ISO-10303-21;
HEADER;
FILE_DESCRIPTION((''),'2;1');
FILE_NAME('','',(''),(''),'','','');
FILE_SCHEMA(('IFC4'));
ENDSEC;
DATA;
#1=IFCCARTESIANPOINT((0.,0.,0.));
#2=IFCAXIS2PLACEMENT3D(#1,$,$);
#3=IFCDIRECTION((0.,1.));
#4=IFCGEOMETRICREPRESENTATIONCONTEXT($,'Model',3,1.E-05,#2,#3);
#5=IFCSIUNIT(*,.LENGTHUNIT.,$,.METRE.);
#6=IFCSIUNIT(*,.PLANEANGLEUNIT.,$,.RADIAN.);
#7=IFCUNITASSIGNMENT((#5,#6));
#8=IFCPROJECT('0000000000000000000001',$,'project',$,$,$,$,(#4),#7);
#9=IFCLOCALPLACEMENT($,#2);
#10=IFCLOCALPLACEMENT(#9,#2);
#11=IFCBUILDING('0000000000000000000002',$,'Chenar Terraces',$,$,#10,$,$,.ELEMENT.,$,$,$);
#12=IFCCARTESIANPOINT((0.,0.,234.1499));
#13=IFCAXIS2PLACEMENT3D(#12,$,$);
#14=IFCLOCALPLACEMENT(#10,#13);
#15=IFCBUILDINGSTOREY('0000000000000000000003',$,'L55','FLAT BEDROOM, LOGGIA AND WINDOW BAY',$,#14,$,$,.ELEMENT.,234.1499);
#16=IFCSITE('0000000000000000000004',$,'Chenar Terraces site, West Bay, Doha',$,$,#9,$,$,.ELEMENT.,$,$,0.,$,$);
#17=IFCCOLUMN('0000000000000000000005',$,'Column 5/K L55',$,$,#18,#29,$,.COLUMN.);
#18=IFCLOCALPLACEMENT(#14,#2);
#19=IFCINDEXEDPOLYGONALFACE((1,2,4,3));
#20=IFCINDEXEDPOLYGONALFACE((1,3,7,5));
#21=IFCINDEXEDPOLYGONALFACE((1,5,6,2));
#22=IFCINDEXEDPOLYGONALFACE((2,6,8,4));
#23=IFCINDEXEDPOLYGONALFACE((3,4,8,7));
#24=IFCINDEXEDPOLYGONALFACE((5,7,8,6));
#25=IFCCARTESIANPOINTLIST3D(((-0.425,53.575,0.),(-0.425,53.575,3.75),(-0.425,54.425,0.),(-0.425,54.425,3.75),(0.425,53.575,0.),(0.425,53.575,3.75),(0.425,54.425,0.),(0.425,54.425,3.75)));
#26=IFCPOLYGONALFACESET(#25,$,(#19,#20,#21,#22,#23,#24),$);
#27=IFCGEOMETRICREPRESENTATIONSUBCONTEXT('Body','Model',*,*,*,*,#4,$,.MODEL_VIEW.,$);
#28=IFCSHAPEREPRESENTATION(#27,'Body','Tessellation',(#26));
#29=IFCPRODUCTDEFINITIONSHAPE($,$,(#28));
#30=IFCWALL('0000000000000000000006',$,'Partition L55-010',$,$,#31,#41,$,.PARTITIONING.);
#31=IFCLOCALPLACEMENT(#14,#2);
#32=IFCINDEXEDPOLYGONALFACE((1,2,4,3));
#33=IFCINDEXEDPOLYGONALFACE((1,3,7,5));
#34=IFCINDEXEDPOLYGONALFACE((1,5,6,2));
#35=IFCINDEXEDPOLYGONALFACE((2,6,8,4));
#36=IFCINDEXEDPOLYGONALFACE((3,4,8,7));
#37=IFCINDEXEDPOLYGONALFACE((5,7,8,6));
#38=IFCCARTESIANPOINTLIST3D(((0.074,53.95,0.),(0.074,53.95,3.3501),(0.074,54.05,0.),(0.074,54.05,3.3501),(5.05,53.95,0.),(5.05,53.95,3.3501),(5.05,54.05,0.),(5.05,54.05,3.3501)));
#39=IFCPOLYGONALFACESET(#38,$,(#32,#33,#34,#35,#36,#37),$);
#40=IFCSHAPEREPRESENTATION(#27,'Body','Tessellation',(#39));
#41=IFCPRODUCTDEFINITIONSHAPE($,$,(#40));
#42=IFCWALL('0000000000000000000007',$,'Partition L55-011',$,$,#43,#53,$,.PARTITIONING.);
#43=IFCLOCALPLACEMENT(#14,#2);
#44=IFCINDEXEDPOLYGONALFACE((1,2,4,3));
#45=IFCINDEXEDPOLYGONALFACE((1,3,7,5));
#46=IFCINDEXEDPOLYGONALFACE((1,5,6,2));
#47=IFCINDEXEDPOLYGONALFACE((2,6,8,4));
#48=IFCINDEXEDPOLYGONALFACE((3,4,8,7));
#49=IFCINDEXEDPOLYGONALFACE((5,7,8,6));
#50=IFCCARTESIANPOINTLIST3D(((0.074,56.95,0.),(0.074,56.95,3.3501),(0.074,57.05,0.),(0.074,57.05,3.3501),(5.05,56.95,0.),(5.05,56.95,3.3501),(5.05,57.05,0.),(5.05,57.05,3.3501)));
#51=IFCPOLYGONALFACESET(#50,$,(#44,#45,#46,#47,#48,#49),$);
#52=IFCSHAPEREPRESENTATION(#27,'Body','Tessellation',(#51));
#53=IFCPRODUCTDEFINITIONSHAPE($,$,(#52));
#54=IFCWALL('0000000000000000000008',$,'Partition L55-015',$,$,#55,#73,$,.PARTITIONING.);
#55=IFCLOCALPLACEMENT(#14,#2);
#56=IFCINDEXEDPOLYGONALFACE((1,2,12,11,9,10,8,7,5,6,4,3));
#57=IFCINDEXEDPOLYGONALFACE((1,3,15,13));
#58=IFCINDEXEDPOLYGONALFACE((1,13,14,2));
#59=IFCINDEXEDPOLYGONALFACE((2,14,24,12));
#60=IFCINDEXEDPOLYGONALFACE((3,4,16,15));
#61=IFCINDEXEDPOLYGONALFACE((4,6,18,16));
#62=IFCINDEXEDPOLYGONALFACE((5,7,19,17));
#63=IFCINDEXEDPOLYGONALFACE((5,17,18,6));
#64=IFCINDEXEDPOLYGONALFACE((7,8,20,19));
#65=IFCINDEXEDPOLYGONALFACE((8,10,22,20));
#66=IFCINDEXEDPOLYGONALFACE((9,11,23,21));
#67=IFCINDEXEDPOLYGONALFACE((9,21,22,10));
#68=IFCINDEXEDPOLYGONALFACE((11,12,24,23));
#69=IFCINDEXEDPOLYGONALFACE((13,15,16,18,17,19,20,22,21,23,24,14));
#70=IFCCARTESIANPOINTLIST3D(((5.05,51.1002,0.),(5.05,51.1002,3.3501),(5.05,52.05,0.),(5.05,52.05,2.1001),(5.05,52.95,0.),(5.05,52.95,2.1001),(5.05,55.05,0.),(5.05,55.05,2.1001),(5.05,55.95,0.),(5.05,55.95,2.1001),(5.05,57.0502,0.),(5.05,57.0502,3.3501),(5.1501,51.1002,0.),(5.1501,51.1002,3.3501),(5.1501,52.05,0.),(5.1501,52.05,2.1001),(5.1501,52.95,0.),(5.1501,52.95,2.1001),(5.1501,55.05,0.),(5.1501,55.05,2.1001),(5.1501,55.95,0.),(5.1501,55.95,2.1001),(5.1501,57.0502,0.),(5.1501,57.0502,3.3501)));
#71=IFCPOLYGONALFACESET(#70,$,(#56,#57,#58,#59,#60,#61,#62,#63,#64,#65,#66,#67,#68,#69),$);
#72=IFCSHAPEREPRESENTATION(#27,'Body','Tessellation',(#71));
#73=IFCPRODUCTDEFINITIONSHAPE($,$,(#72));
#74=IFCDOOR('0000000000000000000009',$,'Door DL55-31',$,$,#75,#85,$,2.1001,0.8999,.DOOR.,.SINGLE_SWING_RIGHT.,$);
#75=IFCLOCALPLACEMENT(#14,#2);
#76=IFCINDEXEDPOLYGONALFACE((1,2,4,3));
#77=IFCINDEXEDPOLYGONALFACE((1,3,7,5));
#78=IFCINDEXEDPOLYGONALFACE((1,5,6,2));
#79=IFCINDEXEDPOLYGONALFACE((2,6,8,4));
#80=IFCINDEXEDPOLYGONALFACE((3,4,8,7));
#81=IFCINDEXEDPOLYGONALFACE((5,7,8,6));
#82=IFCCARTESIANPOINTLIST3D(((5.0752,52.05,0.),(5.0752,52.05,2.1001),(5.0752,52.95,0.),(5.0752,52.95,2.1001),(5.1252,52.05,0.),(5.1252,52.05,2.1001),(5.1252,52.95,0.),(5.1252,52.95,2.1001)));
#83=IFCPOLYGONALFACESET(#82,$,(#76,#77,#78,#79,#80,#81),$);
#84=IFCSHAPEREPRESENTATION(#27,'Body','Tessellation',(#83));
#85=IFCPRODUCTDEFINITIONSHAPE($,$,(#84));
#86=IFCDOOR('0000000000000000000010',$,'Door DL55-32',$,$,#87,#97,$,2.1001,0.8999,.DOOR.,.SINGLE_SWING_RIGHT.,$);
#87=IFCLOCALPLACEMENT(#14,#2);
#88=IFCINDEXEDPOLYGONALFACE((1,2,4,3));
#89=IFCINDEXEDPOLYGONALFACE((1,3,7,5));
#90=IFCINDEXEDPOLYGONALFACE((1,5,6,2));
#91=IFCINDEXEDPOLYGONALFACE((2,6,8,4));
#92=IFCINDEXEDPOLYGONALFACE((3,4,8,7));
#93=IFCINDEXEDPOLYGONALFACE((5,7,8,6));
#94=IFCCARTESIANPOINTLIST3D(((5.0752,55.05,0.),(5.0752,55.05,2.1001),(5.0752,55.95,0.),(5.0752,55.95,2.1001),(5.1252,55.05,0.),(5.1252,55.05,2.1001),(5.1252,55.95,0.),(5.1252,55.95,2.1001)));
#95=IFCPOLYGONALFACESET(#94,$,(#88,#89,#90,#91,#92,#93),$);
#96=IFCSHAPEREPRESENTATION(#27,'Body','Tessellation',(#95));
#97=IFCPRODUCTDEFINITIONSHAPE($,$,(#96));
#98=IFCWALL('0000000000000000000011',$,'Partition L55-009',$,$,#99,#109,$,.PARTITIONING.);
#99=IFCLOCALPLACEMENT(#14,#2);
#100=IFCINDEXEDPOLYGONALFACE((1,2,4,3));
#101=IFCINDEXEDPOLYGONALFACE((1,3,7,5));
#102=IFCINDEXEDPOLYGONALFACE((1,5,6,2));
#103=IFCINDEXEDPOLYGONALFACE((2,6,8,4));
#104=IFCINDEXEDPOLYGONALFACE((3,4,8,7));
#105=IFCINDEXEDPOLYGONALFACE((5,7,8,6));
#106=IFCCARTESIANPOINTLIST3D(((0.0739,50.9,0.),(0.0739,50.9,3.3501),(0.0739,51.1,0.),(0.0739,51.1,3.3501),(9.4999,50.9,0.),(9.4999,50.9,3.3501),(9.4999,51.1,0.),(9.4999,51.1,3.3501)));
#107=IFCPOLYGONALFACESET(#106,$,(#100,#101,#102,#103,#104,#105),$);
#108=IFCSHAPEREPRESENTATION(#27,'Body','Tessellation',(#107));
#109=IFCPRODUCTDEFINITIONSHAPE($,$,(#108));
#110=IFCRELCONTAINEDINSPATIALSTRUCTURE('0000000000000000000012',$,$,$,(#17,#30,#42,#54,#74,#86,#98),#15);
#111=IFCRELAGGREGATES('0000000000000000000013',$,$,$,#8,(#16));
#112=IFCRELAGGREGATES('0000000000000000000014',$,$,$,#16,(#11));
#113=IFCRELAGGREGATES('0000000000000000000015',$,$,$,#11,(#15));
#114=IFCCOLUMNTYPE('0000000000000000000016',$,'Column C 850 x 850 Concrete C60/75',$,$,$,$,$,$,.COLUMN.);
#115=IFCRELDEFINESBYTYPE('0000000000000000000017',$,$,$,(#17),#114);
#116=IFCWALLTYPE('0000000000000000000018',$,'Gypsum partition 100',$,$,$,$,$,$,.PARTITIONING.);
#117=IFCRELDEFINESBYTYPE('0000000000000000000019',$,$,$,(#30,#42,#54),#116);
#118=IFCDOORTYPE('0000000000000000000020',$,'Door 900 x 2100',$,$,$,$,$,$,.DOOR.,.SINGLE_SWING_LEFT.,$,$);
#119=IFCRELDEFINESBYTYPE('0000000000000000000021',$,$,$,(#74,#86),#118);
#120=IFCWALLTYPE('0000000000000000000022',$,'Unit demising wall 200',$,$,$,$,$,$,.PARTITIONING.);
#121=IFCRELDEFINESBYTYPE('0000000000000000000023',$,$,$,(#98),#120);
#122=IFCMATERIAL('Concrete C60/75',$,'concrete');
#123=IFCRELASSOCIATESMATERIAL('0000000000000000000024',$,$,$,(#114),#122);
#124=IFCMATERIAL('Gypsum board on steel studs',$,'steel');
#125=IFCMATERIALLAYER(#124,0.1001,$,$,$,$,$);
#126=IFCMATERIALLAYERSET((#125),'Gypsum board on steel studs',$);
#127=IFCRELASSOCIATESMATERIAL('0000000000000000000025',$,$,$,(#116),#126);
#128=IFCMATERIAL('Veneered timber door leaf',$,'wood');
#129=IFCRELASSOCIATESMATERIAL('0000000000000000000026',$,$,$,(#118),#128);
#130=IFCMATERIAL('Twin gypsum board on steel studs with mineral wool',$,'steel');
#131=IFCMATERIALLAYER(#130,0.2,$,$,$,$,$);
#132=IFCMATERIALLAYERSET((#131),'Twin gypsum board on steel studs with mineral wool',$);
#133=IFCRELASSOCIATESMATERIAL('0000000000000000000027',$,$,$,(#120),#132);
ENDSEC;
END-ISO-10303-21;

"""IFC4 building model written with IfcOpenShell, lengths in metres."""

from ifc_helpers import new_model, si_unit, direction, frame, frame_2d, origin, origin_2d, place, context, subcontext, project, spatial, rectangle, extrude, material, layer, layer_set, material_profile, profile_set, type_object, element, fill, save


model = new_model("IFC4")

# Units and contexts
model_context = context("Model", 3, precision=1e-05, world=origin(), true_north=direction((0.0, 1.0)))
body_context = subcontext(model_context, "Body", "Model", "MODEL_VIEW")
ifc_project = project(units=[si_unit("LENGTHUNIT", "METRE"), si_unit("PLANEANGLEUNIT", "RADIAN")], contexts=[model_context])

# Site, building, storey
site_placement = place(None, origin())
site = spatial("IfcSite", under=ifc_project, at=site_placement, Name="Chenar Terraces site, West Bay, Doha", CompositionType="ELEMENT", RefElevation=0.0)
building_placement = place(site_placement, origin())
building = spatial("IfcBuilding", under=site, at=building_placement, Name="Chenar Terraces", CompositionType="ELEMENT")
storey_placement = place(building_placement, frame((0.0, 0.0, 234.1499)))
storey = spatial("IfcBuildingStorey", under=building, at=storey_placement, Name="L55", Description="FLAT BEDROOM, LOGGIA AND WINDOW BAY", CompositionType="ELEMENT", Elevation=234.1499)

# Column
ifc_material_1 = material(Name="Concrete C60/75", Category="concrete")
ifc_material_profile_1 = material_profile(ifc_material_1, rectangle(XDim=0.8501, YDim=0.8501, at=origin_2d()), Name="C 850 x 850")
ifc_profile_set_1 = profile_set([ifc_material_profile_1], Name="Concrete C60/75")
column_type = type_object("IfcColumnType", Name="Column C 850 x 850 Concrete C60/75", PredefinedType="COLUMN", material=ifc_profile_set_1)
column_placement = place(storey_placement, frame((0.0, 54.0, 0.0), z_axis=(0.0, 0.0, 1.0), x_axis=(1.0, 0.0, 0.0)))
element("IfcColumn", 1, at=column_placement, inside=storey, type_object=column_type, Name="Column 5/K L55", PredefinedType="COLUMN", context=body_context, shape_type="SweptSolid", body=[
    extrude(rectangle(XDim=0.8501, YDim=0.8501, at=origin_2d()), origin(), (0.0, 0.0, 1.0), 3.75),
])

# Walls
ifc_material_2 = material(Name="Gypsum board on steel studs", Category="steel")
ifc_layer_1 = layer(ifc_material_2, 0.1001)
ifc_layer_set_1 = layer_set([ifc_layer_1], Name="Gypsum board on steel studs")
wall_type_1 = type_object("IfcWallType", Name="Gypsum partition 100", PredefinedType="PARTITIONING", material=ifc_layer_set_1)
for number, where, z_axis, x_axis, name in (
    (2, (0.074, 54.0, 0.0), (0.0, 0.0, 1.0), (1.0, 0.0, 0.0), "Partition L55-010"),
    (3, (0.074, 57.0, 0.0), (0.0, 0.0, 1.0), (1.0, 0.0, 0.0), "Partition L55-011"),
):
    element("IfcWall", number, at=place(storey_placement, frame(where, z_axis=z_axis, x_axis=x_axis)), inside=storey, type_object=wall_type_1, Name=name, PredefinedType="PARTITIONING", context=body_context, shape_type="SweptSolid", body=[
        extrude(rectangle(XDim=4.9761, YDim=0.1001, at=frame_2d((2.488, 0.0))), origin(), (0.0, 0.0, 1.0), 3.3501),
    ])

# Wall, openings, doors
wall_1_placement = place(storey_placement, frame((5.1001, 51.1001, 0.0), z_axis=(0.0, 0.0, 1.0), x_axis=(0.0, 1.0, 0.0)))
wall_1 = element("IfcWall", 4, at=wall_1_placement, inside=storey, type_object=wall_type_1, Name="Partition L55-015", PredefinedType="PARTITIONING", context=body_context, shape_type="SweptSolid", body=[
    extrude(rectangle(XDim=5.95, YDim=0.1001, at=frame_2d((2.9751, 0.0))), origin(), (0.0, 0.0, 1.0), 3.3501),
])
opening_1_placement = place(wall_1_placement, frame((0.95, 0.0, 0.0)))
opening_1 = element("IfcOpeningElement", 5, at=opening_1_placement, cuts=wall_1, PredefinedType="OPENING", context=body_context, shape_type="SweptSolid", body=[
    extrude(rectangle(XDim=0.8999, YDim=2.1001, at=frame_2d((0.45, 1.05))), frame((0.0, 0.0601, 0.0), z_axis=(0.0, -1.0, 0.0), x_axis=(1.0, 0.0, 0.0)), (0.0, 0.0, 1.0), 0.1201),
])
opening_2_placement = place(wall_1_placement, frame((3.95, 0.0, 0.0)))
opening_2 = element("IfcOpeningElement", 6, at=opening_2_placement, cuts=wall_1, PredefinedType="OPENING", context=body_context, shape_type="SweptSolid", body=[
    extrude(rectangle(XDim=0.8999, YDim=2.1001, at=frame_2d((0.45, 1.05))), frame((0.0, 0.0601, 0.0), z_axis=(0.0, -1.0, 0.0), x_axis=(1.0, 0.0, 0.0)), (0.0, 0.0, 1.0), 0.1201),
])
ifc_material_3 = material(Name="Veneered timber door leaf", Category="wood")
door_type_1 = type_object("IfcDoorType", Name="Door 900 x 2100", OperationType="SINGLE_SWING_LEFT", PredefinedType="DOOR", material=ifc_material_3)
door_1_placement = place(opening_1_placement, origin())
door_1 = element("IfcDoor", 7, at=door_1_placement, inside=storey, type_object=door_type_1, Name="Door DL55-31", OperationType="SINGLE_SWING_RIGHT", OverallHeight=2.1001, OverallWidth=0.8999, PredefinedType="DOOR", context=body_context, shape_type="SweptSolid", body=[
    extrude(rectangle(XDim=0.8999, YDim=2.1001, at=frame_2d((0.45, 1.05))), frame((0.0, 0.0249, 0.0), z_axis=(0.0, -1.0, 0.0), x_axis=(1.0, 0.0, 0.0)), (0.0, 0.0, 1.0), 0.05),
])
fill(opening_1, door_1)
door_2_placement = place(opening_2_placement, origin())
door_2 = element("IfcDoor", 8, at=door_2_placement, inside=storey, type_object=door_type_1, Name="Door DL55-32", OperationType="SINGLE_SWING_RIGHT", OverallHeight=2.1001, OverallWidth=0.8999, PredefinedType="DOOR", context=body_context, shape_type="SweptSolid", body=[
    extrude(rectangle(XDim=0.8999, YDim=2.1001, at=frame_2d((0.45, 1.05))), frame((0.0, 0.0249, 0.0), z_axis=(0.0, -1.0, 0.0), x_axis=(1.0, 0.0, 0.0)), (0.0, 0.0, 1.0), 0.05),
])
fill(opening_2, door_2)

# Wall
ifc_material_4 = material(Name="Twin gypsum board on steel studs with mineral wool", Category="steel")
ifc_layer_2 = layer(ifc_material_4, 0.2)
ifc_layer_set_2 = layer_set([ifc_layer_2], Name="Twin gypsum board on steel studs with mineral wool")
wall_type_2 = type_object("IfcWallType", Name="Unit demising wall 200", PredefinedType="PARTITIONING", material=ifc_layer_set_2)
wall_2_placement = place(storey_placement, frame((0.074, 51.0, 0.0), z_axis=(0.0, 0.0, 1.0), x_axis=(1.0, 0.0, 0.0)))
element("IfcWall", 9, at=wall_2_placement, inside=storey, type_object=wall_type_2, Name="Partition L55-009", PredefinedType="PARTITIONING", context=body_context, shape_type="SweptSolid", body=[
    extrude(rectangle(XDim=9.426, YDim=0.2, at=frame_2d((4.7129, 0.0))), origin(), (0.0, 0.0, 1.0), 3.3501),
])

save(model, "model.ifc")
